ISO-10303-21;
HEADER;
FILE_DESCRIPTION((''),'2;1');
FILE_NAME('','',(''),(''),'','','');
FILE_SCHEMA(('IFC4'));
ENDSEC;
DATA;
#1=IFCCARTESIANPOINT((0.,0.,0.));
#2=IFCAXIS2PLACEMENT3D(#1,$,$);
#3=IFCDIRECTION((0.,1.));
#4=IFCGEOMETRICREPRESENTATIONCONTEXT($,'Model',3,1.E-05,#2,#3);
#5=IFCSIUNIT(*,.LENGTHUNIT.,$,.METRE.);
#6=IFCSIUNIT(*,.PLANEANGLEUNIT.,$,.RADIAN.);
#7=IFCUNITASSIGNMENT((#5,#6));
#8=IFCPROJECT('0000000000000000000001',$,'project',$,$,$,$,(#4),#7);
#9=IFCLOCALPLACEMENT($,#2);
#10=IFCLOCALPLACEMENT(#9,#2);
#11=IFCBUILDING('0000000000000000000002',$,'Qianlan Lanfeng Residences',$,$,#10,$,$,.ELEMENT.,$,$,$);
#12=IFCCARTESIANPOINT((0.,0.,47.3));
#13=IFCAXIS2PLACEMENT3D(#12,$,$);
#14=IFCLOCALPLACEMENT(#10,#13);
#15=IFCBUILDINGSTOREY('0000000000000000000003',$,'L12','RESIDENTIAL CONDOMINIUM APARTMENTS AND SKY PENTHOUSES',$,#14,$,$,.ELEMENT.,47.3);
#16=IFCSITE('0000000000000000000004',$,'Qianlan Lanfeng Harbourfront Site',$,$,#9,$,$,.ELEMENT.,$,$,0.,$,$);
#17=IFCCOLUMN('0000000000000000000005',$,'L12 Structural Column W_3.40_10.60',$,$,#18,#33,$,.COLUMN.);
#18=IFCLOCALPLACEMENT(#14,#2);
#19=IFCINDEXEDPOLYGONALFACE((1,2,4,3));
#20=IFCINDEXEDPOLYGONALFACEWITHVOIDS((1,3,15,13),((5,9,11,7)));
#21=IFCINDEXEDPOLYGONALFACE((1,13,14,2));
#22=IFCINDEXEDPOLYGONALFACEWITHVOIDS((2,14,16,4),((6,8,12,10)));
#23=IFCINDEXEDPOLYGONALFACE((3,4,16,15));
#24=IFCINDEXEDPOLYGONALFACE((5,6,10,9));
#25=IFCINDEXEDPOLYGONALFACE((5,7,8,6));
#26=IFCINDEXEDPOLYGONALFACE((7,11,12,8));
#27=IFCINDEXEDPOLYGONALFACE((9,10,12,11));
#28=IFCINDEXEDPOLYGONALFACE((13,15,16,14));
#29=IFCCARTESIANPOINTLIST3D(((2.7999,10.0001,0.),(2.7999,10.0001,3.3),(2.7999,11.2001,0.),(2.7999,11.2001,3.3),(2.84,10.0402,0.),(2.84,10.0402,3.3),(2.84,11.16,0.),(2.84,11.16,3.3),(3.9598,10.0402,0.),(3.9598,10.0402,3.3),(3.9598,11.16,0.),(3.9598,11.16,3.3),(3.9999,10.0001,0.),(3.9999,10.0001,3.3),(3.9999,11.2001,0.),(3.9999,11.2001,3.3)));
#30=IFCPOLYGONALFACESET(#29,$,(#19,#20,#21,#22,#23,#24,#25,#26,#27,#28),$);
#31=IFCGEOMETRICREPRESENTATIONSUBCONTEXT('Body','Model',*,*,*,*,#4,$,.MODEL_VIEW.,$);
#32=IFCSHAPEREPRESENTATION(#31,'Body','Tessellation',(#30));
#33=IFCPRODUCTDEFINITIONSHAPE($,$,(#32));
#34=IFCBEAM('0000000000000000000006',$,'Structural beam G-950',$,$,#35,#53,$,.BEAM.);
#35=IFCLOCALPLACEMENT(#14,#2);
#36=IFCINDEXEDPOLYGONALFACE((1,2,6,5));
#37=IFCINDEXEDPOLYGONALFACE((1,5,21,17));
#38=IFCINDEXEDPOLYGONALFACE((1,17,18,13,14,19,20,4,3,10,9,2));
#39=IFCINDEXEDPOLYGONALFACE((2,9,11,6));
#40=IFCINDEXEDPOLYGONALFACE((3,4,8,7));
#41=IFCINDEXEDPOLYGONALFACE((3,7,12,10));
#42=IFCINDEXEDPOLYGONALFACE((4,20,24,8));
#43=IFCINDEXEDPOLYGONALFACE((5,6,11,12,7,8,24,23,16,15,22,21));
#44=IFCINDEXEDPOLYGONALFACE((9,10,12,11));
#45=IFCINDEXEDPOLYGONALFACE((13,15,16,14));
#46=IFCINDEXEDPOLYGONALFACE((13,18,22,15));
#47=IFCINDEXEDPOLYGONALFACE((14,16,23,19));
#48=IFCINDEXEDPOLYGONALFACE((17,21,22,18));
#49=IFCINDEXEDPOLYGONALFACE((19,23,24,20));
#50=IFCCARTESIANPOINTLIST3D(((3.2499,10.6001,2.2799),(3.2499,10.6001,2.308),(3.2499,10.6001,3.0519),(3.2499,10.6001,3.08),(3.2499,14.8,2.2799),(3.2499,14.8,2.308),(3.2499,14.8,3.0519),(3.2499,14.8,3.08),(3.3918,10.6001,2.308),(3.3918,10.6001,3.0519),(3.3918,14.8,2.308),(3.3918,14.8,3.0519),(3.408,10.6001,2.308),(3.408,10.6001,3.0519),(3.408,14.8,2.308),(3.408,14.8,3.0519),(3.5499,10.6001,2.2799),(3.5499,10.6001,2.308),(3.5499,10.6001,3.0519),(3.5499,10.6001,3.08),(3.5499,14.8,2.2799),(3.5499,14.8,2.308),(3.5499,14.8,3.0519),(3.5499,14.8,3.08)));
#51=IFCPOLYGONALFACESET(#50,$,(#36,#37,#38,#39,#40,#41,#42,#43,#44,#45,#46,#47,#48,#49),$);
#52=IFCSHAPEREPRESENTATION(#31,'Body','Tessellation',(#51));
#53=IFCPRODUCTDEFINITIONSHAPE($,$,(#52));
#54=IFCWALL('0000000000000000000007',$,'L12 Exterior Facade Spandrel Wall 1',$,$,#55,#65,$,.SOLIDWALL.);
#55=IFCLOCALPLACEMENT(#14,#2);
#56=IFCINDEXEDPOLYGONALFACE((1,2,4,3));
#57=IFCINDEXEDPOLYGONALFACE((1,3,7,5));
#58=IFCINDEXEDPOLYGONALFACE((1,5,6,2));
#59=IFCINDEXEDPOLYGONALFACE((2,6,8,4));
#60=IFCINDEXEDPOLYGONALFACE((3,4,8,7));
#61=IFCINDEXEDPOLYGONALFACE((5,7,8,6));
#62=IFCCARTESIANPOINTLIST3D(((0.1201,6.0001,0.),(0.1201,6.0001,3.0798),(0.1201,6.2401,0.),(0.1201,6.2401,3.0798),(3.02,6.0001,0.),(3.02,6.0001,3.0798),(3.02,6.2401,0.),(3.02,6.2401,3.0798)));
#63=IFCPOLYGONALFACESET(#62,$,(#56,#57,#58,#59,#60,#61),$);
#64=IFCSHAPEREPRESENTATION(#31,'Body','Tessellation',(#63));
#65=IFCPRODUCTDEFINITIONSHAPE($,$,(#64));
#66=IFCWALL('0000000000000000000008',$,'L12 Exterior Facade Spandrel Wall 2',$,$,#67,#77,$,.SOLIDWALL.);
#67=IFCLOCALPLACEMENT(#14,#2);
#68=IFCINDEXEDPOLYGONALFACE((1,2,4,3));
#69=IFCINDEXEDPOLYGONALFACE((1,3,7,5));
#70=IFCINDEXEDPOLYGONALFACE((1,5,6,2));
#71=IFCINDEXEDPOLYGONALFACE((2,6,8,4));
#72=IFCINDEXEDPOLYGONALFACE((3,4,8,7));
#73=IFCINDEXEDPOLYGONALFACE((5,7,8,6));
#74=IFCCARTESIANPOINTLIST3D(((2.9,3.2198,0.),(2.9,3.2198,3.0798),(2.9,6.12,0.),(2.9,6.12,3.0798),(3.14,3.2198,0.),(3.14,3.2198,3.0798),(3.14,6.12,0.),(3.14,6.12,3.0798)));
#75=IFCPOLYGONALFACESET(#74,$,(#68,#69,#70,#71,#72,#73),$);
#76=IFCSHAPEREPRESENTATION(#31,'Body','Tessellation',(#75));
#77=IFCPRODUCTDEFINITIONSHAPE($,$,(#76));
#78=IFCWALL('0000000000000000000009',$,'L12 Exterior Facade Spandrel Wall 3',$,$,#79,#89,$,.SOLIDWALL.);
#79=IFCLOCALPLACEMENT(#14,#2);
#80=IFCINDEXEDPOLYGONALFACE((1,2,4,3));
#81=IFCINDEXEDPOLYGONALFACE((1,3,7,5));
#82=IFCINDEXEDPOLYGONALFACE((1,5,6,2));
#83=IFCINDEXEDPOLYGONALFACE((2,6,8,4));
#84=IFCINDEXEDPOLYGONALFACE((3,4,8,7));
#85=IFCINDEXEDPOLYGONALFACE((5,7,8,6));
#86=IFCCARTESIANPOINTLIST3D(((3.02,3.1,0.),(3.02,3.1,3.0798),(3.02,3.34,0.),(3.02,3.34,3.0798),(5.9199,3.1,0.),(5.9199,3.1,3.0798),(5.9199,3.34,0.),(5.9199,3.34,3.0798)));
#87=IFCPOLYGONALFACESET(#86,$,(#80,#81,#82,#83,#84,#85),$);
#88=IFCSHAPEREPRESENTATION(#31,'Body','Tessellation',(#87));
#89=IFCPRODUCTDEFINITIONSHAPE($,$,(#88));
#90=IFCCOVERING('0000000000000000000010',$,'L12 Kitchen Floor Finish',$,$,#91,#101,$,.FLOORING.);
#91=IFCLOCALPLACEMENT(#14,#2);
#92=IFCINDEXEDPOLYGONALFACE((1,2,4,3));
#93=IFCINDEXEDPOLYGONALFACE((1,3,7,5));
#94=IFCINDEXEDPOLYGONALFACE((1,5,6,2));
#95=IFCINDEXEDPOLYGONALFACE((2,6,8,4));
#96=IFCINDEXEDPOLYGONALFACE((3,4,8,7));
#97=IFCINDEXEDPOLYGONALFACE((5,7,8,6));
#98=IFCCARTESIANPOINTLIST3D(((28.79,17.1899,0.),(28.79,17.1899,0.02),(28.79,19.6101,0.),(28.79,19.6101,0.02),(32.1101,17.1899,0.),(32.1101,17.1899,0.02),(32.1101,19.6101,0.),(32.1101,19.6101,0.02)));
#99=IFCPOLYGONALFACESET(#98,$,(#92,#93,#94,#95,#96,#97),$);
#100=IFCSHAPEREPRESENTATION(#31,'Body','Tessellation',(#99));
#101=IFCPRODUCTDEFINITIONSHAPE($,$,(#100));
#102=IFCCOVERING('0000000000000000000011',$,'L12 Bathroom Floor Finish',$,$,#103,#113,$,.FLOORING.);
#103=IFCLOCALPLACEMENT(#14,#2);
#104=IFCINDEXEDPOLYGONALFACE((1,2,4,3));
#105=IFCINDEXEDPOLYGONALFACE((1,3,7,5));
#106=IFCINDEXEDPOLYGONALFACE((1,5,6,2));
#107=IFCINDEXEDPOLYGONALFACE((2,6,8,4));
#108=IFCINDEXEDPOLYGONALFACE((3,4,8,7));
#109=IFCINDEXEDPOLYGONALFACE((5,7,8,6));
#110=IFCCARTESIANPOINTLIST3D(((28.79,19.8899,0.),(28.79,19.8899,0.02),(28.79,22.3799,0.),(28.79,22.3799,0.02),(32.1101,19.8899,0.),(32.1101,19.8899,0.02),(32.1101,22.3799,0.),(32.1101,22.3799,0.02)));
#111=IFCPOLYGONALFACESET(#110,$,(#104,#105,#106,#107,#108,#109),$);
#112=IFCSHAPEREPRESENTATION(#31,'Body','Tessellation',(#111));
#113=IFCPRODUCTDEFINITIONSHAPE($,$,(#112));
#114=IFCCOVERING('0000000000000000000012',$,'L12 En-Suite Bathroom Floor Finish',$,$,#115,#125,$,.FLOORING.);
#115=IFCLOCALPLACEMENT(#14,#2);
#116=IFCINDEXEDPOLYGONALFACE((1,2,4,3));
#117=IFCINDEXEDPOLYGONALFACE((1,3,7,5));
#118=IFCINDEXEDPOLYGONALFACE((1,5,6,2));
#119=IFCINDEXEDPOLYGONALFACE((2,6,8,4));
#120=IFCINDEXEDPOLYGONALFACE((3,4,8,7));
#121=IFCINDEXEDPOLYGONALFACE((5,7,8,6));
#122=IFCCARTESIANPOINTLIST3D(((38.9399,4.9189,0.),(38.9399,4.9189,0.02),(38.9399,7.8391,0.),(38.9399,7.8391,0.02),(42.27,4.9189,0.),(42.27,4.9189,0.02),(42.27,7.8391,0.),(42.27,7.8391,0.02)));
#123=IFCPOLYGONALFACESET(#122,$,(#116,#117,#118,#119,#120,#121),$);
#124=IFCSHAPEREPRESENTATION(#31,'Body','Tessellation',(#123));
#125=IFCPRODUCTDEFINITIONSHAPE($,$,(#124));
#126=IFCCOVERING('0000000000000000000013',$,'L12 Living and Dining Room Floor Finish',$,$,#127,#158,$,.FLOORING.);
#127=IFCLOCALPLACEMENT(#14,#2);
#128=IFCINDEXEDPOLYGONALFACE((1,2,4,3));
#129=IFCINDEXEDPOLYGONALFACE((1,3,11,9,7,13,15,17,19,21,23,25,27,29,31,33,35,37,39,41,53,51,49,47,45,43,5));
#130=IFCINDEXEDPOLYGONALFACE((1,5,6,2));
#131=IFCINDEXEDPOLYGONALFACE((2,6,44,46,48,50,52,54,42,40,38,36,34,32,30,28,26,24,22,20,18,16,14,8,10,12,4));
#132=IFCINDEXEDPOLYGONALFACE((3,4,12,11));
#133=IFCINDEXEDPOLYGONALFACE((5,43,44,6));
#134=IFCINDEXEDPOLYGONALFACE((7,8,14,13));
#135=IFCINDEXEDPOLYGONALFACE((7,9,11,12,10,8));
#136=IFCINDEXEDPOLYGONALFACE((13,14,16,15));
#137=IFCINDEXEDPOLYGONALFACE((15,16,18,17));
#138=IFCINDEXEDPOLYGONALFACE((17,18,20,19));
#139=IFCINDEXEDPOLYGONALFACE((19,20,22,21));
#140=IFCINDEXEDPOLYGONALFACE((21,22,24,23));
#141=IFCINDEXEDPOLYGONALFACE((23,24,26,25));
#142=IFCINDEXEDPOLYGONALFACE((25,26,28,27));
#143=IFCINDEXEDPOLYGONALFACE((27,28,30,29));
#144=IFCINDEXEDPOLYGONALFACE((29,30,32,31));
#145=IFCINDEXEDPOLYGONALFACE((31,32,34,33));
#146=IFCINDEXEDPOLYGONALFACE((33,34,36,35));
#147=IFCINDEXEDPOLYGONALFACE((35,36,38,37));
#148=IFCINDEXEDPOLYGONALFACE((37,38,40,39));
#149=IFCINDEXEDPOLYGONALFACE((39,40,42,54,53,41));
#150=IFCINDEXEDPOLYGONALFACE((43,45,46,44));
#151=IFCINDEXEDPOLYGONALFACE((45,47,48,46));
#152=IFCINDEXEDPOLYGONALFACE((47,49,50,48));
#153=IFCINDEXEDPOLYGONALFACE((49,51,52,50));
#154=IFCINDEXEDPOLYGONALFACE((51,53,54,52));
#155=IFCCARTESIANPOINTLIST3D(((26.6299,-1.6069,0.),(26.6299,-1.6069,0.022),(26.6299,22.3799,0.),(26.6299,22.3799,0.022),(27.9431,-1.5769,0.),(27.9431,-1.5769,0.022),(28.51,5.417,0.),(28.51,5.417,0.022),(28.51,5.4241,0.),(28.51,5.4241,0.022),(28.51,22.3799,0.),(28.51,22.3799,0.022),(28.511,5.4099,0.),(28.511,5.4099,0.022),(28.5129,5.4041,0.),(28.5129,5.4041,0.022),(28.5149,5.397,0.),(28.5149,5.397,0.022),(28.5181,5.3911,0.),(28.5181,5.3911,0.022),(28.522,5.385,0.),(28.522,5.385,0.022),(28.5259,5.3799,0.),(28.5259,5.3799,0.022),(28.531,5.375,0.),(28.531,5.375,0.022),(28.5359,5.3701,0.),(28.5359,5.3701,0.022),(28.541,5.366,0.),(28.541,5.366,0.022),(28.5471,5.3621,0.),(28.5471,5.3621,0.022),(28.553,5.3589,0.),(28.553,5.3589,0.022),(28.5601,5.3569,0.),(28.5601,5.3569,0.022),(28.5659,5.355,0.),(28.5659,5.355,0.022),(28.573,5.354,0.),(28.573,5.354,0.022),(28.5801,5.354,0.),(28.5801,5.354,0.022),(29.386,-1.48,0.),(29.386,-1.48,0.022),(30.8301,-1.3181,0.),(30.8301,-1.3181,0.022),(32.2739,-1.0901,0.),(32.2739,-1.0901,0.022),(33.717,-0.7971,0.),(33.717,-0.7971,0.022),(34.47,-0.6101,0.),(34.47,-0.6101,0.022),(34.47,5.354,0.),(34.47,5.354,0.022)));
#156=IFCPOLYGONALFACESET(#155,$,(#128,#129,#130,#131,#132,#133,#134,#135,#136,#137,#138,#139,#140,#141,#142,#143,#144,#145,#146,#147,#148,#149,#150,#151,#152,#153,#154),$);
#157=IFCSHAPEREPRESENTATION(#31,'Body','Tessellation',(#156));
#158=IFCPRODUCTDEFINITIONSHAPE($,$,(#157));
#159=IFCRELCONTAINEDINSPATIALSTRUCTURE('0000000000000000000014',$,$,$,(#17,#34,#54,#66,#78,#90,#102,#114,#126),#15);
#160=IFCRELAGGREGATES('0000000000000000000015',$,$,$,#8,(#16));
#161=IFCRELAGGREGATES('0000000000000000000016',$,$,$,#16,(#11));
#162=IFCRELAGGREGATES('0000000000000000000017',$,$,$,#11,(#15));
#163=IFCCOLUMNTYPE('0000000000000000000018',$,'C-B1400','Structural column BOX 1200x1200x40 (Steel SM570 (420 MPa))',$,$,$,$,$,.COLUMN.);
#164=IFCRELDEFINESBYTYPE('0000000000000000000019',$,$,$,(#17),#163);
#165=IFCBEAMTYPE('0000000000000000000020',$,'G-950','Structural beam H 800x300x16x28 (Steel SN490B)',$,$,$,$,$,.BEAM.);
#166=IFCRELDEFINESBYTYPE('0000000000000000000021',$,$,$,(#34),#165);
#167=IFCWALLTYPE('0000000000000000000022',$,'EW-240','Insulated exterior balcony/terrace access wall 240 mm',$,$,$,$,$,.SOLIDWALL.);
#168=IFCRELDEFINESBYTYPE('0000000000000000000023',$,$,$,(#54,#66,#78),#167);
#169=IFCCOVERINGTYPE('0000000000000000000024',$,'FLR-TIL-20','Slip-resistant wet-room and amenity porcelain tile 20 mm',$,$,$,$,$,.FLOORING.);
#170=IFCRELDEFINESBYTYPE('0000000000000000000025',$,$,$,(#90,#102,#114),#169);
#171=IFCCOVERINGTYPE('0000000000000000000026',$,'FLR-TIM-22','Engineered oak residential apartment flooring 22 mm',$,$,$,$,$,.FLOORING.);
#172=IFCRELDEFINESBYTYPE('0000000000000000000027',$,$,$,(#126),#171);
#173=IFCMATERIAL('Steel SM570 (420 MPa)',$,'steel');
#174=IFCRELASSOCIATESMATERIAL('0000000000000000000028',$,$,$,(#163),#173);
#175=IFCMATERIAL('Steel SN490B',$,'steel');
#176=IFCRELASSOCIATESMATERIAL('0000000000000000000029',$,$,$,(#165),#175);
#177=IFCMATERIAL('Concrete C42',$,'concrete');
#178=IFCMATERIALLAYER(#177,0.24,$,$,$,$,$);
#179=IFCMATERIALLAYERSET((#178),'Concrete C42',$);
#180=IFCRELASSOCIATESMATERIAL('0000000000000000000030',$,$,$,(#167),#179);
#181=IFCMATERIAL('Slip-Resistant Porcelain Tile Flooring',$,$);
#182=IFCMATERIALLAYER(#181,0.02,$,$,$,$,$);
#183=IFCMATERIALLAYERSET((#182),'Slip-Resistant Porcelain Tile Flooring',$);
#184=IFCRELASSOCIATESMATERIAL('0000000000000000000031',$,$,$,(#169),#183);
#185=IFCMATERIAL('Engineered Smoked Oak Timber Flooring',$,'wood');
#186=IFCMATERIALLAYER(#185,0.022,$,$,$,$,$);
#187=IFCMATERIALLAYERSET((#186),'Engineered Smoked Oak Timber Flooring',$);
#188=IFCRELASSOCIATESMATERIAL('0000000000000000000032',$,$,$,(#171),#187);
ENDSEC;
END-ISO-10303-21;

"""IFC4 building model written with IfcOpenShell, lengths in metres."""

from ifc_helpers import new_model, si_unit, direction, frame, frame_2d, origin, origin_2d, place, context, subcontext, project, spatial, polyline, rectangle, hollow_rectangle, i_section, outline, extrude, material, layer, layer_set, material_profile, profile_set, type_object, element, save


model = new_model("IFC4")

# Units and contexts
model_context = context("Model", 3, precision=1e-05, world=origin(), true_north=direction((0.0, 1.0)))
body_context = subcontext(model_context, "Body", "Model", "MODEL_VIEW")
ifc_project = project(units=[si_unit("LENGTHUNIT", "METRE"), si_unit("PLANEANGLEUNIT", "RADIAN")], contexts=[model_context])

# Site, building, storey
site_placement = place(None, origin())
site = spatial("IfcSite", under=ifc_project, at=site_placement, Name="Qianlan Lanfeng Harbourfront Site", CompositionType="ELEMENT", RefElevation=0.0)
building_placement = place(site_placement, origin())
building = spatial("IfcBuilding", under=site, at=building_placement, Name="Qianlan Lanfeng Residences", CompositionType="ELEMENT")
storey_placement = place(building_placement, frame((0.0, 0.0, 47.3)))
storey = spatial("IfcBuildingStorey", under=building, at=storey_placement, Name="L12", Description="RESIDENTIAL CONDOMINIUM APARTMENTS AND SKY PENTHOUSES", CompositionType="ELEMENT", Elevation=47.3)

# Column
ifc_material_1 = material(Name="Steel SM570 (420 MPa)", Category="steel")
ifc_material_profile_1 = material_profile(ifc_material_1, hollow_rectangle(XDim=1.2, YDim=1.2, WallThickness=0.04, at=origin_2d()), Name="BOX 1200x1200x40")
ifc_profile_set_1 = profile_set([ifc_material_profile_1], Name="Steel SM570 (420 MPa)")
column_type = type_object("IfcColumnType", Name="C-B1400", Description="Structural column BOX 1200x1200x40 (Steel SM570 (420 MPa))", PredefinedType="COLUMN", material=ifc_profile_set_1)
column_placement = place(storey_placement, frame((3.3999, 10.6001, 0.0), z_axis=(0.0, 0.0, 1.0), x_axis=(1.0, 0.0, 0.0)))
element("IfcColumn", 1, at=column_placement, inside=storey, type_object=column_type, Name="L12 Structural Column W_3.40_10.60", PredefinedType="COLUMN", context=body_context, shape_type="SweptSolid", body=[
    extrude(hollow_rectangle(XDim=1.2, YDim=1.2, WallThickness=0.04, at=origin_2d()), origin(), (0.0, 0.0, 1.0), 3.3),
])

# Beam
ifc_material_2 = material(Name="Steel SN490B", Category="steel")
ifc_material_profile_2 = material_profile(ifc_material_2, i_section(OverallWidth=0.3, OverallDepth=0.8, WebThickness=0.0161, FlangeThickness=0.0281, at=origin_2d()), Name="H 800x300x16x28")
ifc_profile_set_2 = profile_set([ifc_material_profile_2], Name="Steel SN490B")
beam_type = type_object("IfcBeamType", Name="G-950", Description="Structural beam H 800x300x16x28 (Steel SN490B)", PredefinedType="BEAM", material=ifc_profile_set_2)
beam_placement = place(storey_placement, frame((3.3999, 10.6001, 2.6799), z_axis=(0.0, 1.0, 0.0), x_axis=(-1.0, 0.0, 0.0)))
element("IfcBeam", 2, at=beam_placement, inside=storey, type_object=beam_type, Name="Structural beam G-950", PredefinedType="BEAM", context=body_context, shape_type="SweptSolid", body=[
    extrude(i_section(OverallWidth=0.3, OverallDepth=0.8, WebThickness=0.0161, FlangeThickness=0.0281, at=origin_2d()), origin(), (0.0, 0.0, 1.0), 4.2),
])

# Walls
ifc_material_3 = material(Name="Concrete C42", Category="concrete")
ifc_layer_1 = layer(ifc_material_3, 0.24)
ifc_layer_set_1 = layer_set([ifc_layer_1], Name="Concrete C42")
wall_type = type_object("IfcWallType", Name="EW-240", Description="Insulated exterior balcony/terrace access wall 240 mm", PredefinedType="SOLIDWALL", material=ifc_layer_set_1)
wall_1_placement = place(storey_placement, frame((0.1201, 6.1201, 0.0), z_axis=(0.0, 0.0, 1.0), x_axis=(1.0, 0.0, 0.0)))
element("IfcWall", 3, at=wall_1_placement, inside=storey, type_object=wall_type, Name="L12 Exterior Facade Spandrel Wall 1", PredefinedType="SOLIDWALL", context=body_context, shape_type="SweptSolid", body=[
    extrude(rectangle(XDim=2.8999, YDim=0.24, at=frame_2d((1.45, 0.0))), origin(), (0.0, 0.0, 1.0), 3.0798),
])
wall_2_placement = place(storey_placement, frame((3.02, 6.1201, 0.0), z_axis=(0.0, 0.0, 1.0), x_axis=(0.0, -1.0, 0.0)))
element("IfcWall", 4, at=wall_2_placement, inside=storey, type_object=wall_type, Name="L12 Exterior Facade Spandrel Wall 2", PredefinedType="SOLIDWALL", context=body_context, shape_type="SweptSolid", body=[
    extrude(rectangle(XDim=2.9001, YDim=0.24, at=frame_2d((1.4502, 0.0))), origin(), (0.0, 0.0, 1.0), 3.0798),
])
wall_3_placement = place(storey_placement, frame((3.02, 3.22, 0.0), z_axis=(0.0, 0.0, 1.0), x_axis=(1.0, 0.0, 0.0)))
element("IfcWall", 5, at=wall_3_placement, inside=storey, type_object=wall_type, Name="L12 Exterior Facade Spandrel Wall 3", PredefinedType="SOLIDWALL", context=body_context, shape_type="SweptSolid", body=[
    extrude(rectangle(XDim=2.8999, YDim=0.24, at=frame_2d((1.45, 0.0))), origin(), (0.0, 0.0, 1.0), 3.0798),
])

# Coverings
ifc_material_4 = material(Name="Slip-Resistant Porcelain Tile Flooring")
ifc_layer_2 = layer(ifc_material_4, 0.02)
ifc_layer_set_2 = layer_set([ifc_layer_2], Name="Slip-Resistant Porcelain Tile Flooring")
covering_type_1 = type_object("IfcCoveringType", Name="FLR-TIL-20", Description="Slip-resistant wet-room and amenity porcelain tile 20 mm", PredefinedType="FLOORING", material=ifc_layer_set_2)
covering_1_placement = place(storey_placement, origin())
element("IfcCovering", 6, at=covering_1_placement, inside=storey, type_object=covering_type_1, Name="L12 Kitchen Floor Finish", PredefinedType="FLOORING", context=body_context, shape_type="SweptSolid", body=[
    extrude(outline(polyline([(28.79, 17.1899), (32.1101, 17.1899), (32.1101, 19.6101), (28.79, 19.6101), (28.79, 17.1899)])), origin(), (0.0, 0.0, 1.0), 0.02),
])
covering_2_placement = place(storey_placement, origin())
element("IfcCovering", 7, at=covering_2_placement, inside=storey, type_object=covering_type_1, Name="L12 Bathroom Floor Finish", PredefinedType="FLOORING", context=body_context, shape_type="SweptSolid", body=[
    extrude(outline(polyline([(28.79, 19.8899), (32.1101, 19.8899), (32.1101, 22.3799), (28.79, 22.3799), (28.79, 19.8899)])), origin(), (0.0, 0.0, 1.0), 0.02),
])
covering_3_placement = place(storey_placement, origin())
element("IfcCovering", 8, at=covering_3_placement, inside=storey, type_object=covering_type_1, Name="L12 En-Suite Bathroom Floor Finish", PredefinedType="FLOORING", context=body_context, shape_type="SweptSolid", body=[
    extrude(outline(polyline([(38.9399, 4.9189), (42.27, 4.9189), (42.27, 7.8391), (38.9399, 7.8391), (38.9399, 4.9189)])), origin(), (0.0, 0.0, 1.0), 0.02),
])
ifc_material_5 = material(Name="Engineered Smoked Oak Timber Flooring", Category="wood")
ifc_layer_3 = layer(ifc_material_5, 0.022)
ifc_layer_set_3 = layer_set([ifc_layer_3], Name="Engineered Smoked Oak Timber Flooring")
covering_type_2 = type_object("IfcCoveringType", Name="FLR-TIM-22", Description="Engineered oak residential apartment flooring 22 mm", PredefinedType="FLOORING", material=ifc_layer_set_3)
covering_4_placement = place(storey_placement, origin())
element("IfcCovering", 9, at=covering_4_placement, inside=storey, type_object=covering_type_2, Name="L12 Living and Dining Room Floor Finish", PredefinedType="FLOORING", context=body_context, shape_type="SweptSolid", body=[
    extrude(outline(polyline([(34.47, -0.6101), (34.47, 5.354), (28.5801, 5.354), (28.573, 5.354), (28.5659, 5.355), (28.5601, 5.3569), (28.553, 5.3589), (28.5471, 5.3621), (28.541, 5.366), (28.5359, 5.3701), (28.531, 5.375), (28.5259, 5.3799), (28.522, 5.385), (28.5181, 5.3911), (28.5149, 5.397), (28.5129, 5.4041), (28.511, 5.4099), (28.51, 5.417), (28.51, 5.4241), (28.51, 22.3799), (26.6299, 22.3799), (26.6299, -1.6069), (27.9431, -1.5769), (29.386, -1.48), (30.8301, -1.3181), (32.2739, -1.0901), (33.717, -0.7971), (34.47, -0.6101)])), origin(), (0.0, 0.0, 1.0), 0.022),
])

save(model, "model.ifc")
